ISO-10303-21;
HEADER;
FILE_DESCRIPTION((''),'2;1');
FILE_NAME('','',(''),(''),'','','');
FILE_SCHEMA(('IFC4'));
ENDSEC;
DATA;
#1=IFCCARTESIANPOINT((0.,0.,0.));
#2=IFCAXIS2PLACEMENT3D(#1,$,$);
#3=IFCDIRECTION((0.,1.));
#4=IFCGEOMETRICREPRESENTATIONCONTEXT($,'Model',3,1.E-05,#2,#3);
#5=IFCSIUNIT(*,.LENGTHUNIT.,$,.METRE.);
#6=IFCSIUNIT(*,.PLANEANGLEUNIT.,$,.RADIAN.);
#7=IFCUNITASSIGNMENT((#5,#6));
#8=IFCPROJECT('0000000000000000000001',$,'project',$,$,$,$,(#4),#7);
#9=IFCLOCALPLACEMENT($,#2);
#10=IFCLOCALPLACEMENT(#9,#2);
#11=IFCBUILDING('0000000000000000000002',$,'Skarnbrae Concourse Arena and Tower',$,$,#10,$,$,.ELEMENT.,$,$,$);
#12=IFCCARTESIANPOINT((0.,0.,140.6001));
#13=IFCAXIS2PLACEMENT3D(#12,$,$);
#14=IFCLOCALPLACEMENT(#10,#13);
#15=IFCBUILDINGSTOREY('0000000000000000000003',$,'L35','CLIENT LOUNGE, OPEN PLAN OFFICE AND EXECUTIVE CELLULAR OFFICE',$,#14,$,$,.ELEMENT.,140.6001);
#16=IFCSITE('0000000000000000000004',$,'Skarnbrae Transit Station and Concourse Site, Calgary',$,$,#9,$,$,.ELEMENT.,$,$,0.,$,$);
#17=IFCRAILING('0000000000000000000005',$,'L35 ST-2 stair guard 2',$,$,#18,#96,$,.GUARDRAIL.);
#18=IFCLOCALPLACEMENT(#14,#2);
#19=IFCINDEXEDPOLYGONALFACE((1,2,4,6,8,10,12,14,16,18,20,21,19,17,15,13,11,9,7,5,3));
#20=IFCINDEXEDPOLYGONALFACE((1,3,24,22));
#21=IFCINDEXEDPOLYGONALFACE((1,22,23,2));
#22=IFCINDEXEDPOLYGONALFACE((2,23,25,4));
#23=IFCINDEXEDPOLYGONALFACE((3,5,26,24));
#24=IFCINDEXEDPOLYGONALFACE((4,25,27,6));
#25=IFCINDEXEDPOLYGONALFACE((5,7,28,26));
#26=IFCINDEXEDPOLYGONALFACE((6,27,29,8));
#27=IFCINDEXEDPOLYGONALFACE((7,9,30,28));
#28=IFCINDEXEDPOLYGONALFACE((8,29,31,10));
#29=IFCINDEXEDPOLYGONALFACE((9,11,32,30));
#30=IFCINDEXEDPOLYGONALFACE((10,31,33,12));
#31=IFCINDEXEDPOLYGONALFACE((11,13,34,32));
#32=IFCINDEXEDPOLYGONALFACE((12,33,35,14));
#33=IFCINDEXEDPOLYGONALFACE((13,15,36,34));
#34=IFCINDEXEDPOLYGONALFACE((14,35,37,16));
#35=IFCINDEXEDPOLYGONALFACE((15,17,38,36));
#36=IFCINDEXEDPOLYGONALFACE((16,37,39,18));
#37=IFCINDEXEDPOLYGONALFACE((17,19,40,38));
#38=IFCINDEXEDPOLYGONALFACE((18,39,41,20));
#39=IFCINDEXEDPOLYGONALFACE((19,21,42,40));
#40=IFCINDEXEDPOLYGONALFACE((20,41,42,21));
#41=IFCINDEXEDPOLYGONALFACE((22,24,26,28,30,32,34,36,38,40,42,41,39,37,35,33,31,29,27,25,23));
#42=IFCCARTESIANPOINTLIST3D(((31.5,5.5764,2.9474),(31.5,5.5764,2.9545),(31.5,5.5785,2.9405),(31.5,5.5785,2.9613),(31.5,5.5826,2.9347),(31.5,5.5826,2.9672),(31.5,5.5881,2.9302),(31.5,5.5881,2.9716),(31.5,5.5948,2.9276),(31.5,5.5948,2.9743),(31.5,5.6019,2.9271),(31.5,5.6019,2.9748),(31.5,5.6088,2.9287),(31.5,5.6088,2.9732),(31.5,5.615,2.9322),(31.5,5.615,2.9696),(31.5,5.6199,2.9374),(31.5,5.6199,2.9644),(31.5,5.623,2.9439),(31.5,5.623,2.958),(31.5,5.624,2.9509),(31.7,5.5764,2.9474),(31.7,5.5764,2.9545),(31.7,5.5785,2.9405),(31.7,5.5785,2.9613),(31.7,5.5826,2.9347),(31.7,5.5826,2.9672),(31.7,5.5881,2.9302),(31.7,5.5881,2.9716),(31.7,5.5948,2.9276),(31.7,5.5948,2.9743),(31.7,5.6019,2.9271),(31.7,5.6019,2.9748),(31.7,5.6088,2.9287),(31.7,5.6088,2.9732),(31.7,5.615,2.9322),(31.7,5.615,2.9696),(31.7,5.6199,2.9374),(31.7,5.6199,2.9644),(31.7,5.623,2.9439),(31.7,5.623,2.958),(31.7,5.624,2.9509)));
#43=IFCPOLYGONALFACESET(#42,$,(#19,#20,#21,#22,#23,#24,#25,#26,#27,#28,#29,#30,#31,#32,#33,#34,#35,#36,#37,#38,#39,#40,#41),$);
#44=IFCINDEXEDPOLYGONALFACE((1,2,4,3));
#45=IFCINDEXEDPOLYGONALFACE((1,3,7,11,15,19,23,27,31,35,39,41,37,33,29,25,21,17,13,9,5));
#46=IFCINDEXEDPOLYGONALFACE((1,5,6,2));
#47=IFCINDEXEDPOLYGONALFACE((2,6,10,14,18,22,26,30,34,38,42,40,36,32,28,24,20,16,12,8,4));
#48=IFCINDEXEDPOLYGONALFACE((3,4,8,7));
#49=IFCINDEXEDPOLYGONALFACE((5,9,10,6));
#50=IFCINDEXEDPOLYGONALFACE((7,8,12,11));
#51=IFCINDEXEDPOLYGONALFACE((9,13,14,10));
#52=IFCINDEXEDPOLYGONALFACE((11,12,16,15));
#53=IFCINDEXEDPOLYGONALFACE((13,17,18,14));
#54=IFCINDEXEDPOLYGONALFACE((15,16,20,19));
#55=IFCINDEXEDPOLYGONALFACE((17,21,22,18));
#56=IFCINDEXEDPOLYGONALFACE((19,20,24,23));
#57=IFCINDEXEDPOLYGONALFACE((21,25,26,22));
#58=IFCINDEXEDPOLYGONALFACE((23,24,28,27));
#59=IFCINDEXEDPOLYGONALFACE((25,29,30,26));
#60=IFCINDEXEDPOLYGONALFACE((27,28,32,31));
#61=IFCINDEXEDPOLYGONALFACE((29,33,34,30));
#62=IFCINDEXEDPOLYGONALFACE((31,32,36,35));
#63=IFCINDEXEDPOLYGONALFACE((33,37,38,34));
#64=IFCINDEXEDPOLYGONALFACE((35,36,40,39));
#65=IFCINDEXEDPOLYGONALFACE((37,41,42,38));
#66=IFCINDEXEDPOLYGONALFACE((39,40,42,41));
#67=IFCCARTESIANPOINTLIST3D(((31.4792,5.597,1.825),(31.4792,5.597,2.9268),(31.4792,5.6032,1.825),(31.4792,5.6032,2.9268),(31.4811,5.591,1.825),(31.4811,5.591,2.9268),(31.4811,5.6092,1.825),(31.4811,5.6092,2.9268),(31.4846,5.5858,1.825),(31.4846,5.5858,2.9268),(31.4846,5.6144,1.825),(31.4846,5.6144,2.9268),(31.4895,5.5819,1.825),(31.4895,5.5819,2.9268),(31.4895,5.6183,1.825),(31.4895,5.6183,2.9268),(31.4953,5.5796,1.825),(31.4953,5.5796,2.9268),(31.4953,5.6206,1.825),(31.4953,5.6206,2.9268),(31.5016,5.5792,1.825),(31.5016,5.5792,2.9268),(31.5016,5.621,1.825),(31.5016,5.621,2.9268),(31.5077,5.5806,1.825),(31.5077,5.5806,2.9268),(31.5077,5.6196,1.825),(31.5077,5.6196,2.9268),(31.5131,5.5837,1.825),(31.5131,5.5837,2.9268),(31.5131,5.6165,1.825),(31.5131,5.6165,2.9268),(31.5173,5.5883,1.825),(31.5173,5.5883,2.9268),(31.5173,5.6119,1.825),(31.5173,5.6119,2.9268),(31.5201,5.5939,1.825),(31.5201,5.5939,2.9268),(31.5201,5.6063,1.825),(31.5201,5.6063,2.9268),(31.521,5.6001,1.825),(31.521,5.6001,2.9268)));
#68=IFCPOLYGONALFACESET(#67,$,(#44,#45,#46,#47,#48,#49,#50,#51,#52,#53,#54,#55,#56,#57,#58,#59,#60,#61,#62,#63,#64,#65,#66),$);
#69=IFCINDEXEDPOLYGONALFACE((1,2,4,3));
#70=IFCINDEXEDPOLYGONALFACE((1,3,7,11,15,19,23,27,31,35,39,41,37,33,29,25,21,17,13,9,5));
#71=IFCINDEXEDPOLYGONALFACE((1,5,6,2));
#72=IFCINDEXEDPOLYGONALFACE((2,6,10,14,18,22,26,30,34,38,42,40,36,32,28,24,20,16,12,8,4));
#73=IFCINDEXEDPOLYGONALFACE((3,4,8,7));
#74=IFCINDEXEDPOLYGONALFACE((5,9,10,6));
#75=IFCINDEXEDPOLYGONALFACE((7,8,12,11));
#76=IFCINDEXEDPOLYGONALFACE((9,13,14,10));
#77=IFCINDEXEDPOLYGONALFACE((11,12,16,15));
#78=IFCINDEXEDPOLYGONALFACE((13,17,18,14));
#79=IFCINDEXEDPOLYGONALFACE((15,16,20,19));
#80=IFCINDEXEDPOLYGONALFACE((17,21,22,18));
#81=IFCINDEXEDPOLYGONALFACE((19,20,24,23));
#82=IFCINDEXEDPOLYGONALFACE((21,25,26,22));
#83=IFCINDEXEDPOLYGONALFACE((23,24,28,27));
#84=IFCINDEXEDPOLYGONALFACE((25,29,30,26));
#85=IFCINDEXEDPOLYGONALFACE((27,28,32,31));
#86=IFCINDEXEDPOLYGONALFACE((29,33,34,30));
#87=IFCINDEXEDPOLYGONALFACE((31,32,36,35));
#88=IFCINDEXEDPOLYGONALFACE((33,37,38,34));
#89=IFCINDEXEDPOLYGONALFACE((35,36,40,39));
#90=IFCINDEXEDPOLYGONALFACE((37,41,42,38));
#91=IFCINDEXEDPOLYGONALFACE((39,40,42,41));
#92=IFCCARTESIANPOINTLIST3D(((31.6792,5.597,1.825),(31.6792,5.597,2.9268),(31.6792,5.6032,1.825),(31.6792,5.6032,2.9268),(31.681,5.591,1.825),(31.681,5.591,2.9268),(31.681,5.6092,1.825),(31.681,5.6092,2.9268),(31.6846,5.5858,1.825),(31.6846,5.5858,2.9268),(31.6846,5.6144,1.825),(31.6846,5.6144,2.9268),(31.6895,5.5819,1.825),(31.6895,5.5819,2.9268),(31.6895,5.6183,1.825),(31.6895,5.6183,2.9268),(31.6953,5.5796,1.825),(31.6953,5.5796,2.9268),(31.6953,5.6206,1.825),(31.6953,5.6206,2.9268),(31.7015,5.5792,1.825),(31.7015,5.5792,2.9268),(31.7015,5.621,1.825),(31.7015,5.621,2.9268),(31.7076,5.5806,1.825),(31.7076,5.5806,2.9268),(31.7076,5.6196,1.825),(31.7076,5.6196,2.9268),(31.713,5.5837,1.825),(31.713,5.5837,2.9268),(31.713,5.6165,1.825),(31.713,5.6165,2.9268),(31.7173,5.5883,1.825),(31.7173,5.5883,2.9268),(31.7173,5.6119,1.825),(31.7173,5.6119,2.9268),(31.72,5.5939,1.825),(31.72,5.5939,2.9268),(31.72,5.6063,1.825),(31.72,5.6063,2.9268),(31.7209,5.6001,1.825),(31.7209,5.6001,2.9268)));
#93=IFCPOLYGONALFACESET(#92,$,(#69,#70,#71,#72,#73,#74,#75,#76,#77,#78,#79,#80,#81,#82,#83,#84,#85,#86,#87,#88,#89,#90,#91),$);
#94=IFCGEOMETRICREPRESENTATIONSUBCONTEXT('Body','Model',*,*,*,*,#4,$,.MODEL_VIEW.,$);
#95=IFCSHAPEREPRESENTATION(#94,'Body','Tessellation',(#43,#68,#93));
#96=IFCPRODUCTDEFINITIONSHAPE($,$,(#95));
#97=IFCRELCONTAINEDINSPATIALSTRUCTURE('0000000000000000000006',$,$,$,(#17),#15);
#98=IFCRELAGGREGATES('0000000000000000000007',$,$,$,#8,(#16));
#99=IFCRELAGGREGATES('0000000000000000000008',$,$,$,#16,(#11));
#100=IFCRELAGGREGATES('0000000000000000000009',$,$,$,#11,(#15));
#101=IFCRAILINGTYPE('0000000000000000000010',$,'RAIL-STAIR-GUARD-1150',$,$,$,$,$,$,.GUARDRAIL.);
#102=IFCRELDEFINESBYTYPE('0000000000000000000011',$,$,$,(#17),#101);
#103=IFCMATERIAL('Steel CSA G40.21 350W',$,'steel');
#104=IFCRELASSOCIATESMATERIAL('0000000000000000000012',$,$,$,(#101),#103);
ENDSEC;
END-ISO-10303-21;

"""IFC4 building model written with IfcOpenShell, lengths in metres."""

from ifc_helpers import new_model, si_unit, direction, frame, origin, origin_2d, place, context, subcontext, project, spatial, circle, extrude, material, type_object, element, save


model = new_model("IFC4")

# Units and contexts
model_context = context("Model", 3, precision=1e-05, world=origin(), true_north=direction((0.0, 1.0)))
body_context = subcontext(model_context, "Body", "Model", "MODEL_VIEW")
ifc_project = project(units=[si_unit("LENGTHUNIT", "METRE"), si_unit("PLANEANGLEUNIT", "RADIAN")], contexts=[model_context])

# Site, building, storey
site_placement = place(None, origin())
site = spatial("IfcSite", under=ifc_project, at=site_placement, Name="Skarnbrae Transit Station and Concourse Site, Calgary", CompositionType="ELEMENT", RefElevation=0.0)
building_placement = place(site_placement, origin())
building = spatial("IfcBuilding", under=site, at=building_placement, Name="Skarnbrae Concourse Arena and Tower", CompositionType="ELEMENT")
storey_placement = place(building_placement, frame((0.0, 0.0, 140.6001)))
storey = spatial("IfcBuildingStorey", under=building, at=storey_placement, Name="L35", Description="CLIENT LOUNGE, OPEN PLAN OFFICE AND EXECUTIVE CELLULAR OFFICE", CompositionType="ELEMENT", Elevation=140.6001)

# Shared definitions
ifc_material_1 = material(Name="Steel CSA G40.21 350W", Category="steel")

# Railing
railing_type_1 = type_object("IfcRailingType", Name="RAIL-STAIR-GUARD-1150", PredefinedType="GUARDRAIL", material=ifc_material_1)
railing_1_placement = place(storey_placement, frame((31.5, 5.6001, 1.825)))
element("IfcRailing", 1, at=railing_1_placement, inside=storey, type_object=railing_type_1, Name="L35 ST-2 stair guard 2", PredefinedType="GUARDRAIL", context=body_context, shape_type="SweptSolid", body=[
    extrude(circle(Radius=0.0239, at=origin_2d()), frame((0.0, 0.0, 1.126), z_axis=(1.0, 0.0, 0.0), x_axis=(0.0, 1.0, 0.0)), (0.0, 0.0, 1.0), 0.2),
    extrude(circle(Radius=0.021, at=origin_2d()), origin(), (0.0, 0.0, 1.0), 1.1018),
    extrude(circle(Radius=0.021, at=origin_2d()), frame((0.2, 0.0, 0.0)), (0.0, 0.0, 1.0), 1.1018),
])

save(model, "model.ifc")
